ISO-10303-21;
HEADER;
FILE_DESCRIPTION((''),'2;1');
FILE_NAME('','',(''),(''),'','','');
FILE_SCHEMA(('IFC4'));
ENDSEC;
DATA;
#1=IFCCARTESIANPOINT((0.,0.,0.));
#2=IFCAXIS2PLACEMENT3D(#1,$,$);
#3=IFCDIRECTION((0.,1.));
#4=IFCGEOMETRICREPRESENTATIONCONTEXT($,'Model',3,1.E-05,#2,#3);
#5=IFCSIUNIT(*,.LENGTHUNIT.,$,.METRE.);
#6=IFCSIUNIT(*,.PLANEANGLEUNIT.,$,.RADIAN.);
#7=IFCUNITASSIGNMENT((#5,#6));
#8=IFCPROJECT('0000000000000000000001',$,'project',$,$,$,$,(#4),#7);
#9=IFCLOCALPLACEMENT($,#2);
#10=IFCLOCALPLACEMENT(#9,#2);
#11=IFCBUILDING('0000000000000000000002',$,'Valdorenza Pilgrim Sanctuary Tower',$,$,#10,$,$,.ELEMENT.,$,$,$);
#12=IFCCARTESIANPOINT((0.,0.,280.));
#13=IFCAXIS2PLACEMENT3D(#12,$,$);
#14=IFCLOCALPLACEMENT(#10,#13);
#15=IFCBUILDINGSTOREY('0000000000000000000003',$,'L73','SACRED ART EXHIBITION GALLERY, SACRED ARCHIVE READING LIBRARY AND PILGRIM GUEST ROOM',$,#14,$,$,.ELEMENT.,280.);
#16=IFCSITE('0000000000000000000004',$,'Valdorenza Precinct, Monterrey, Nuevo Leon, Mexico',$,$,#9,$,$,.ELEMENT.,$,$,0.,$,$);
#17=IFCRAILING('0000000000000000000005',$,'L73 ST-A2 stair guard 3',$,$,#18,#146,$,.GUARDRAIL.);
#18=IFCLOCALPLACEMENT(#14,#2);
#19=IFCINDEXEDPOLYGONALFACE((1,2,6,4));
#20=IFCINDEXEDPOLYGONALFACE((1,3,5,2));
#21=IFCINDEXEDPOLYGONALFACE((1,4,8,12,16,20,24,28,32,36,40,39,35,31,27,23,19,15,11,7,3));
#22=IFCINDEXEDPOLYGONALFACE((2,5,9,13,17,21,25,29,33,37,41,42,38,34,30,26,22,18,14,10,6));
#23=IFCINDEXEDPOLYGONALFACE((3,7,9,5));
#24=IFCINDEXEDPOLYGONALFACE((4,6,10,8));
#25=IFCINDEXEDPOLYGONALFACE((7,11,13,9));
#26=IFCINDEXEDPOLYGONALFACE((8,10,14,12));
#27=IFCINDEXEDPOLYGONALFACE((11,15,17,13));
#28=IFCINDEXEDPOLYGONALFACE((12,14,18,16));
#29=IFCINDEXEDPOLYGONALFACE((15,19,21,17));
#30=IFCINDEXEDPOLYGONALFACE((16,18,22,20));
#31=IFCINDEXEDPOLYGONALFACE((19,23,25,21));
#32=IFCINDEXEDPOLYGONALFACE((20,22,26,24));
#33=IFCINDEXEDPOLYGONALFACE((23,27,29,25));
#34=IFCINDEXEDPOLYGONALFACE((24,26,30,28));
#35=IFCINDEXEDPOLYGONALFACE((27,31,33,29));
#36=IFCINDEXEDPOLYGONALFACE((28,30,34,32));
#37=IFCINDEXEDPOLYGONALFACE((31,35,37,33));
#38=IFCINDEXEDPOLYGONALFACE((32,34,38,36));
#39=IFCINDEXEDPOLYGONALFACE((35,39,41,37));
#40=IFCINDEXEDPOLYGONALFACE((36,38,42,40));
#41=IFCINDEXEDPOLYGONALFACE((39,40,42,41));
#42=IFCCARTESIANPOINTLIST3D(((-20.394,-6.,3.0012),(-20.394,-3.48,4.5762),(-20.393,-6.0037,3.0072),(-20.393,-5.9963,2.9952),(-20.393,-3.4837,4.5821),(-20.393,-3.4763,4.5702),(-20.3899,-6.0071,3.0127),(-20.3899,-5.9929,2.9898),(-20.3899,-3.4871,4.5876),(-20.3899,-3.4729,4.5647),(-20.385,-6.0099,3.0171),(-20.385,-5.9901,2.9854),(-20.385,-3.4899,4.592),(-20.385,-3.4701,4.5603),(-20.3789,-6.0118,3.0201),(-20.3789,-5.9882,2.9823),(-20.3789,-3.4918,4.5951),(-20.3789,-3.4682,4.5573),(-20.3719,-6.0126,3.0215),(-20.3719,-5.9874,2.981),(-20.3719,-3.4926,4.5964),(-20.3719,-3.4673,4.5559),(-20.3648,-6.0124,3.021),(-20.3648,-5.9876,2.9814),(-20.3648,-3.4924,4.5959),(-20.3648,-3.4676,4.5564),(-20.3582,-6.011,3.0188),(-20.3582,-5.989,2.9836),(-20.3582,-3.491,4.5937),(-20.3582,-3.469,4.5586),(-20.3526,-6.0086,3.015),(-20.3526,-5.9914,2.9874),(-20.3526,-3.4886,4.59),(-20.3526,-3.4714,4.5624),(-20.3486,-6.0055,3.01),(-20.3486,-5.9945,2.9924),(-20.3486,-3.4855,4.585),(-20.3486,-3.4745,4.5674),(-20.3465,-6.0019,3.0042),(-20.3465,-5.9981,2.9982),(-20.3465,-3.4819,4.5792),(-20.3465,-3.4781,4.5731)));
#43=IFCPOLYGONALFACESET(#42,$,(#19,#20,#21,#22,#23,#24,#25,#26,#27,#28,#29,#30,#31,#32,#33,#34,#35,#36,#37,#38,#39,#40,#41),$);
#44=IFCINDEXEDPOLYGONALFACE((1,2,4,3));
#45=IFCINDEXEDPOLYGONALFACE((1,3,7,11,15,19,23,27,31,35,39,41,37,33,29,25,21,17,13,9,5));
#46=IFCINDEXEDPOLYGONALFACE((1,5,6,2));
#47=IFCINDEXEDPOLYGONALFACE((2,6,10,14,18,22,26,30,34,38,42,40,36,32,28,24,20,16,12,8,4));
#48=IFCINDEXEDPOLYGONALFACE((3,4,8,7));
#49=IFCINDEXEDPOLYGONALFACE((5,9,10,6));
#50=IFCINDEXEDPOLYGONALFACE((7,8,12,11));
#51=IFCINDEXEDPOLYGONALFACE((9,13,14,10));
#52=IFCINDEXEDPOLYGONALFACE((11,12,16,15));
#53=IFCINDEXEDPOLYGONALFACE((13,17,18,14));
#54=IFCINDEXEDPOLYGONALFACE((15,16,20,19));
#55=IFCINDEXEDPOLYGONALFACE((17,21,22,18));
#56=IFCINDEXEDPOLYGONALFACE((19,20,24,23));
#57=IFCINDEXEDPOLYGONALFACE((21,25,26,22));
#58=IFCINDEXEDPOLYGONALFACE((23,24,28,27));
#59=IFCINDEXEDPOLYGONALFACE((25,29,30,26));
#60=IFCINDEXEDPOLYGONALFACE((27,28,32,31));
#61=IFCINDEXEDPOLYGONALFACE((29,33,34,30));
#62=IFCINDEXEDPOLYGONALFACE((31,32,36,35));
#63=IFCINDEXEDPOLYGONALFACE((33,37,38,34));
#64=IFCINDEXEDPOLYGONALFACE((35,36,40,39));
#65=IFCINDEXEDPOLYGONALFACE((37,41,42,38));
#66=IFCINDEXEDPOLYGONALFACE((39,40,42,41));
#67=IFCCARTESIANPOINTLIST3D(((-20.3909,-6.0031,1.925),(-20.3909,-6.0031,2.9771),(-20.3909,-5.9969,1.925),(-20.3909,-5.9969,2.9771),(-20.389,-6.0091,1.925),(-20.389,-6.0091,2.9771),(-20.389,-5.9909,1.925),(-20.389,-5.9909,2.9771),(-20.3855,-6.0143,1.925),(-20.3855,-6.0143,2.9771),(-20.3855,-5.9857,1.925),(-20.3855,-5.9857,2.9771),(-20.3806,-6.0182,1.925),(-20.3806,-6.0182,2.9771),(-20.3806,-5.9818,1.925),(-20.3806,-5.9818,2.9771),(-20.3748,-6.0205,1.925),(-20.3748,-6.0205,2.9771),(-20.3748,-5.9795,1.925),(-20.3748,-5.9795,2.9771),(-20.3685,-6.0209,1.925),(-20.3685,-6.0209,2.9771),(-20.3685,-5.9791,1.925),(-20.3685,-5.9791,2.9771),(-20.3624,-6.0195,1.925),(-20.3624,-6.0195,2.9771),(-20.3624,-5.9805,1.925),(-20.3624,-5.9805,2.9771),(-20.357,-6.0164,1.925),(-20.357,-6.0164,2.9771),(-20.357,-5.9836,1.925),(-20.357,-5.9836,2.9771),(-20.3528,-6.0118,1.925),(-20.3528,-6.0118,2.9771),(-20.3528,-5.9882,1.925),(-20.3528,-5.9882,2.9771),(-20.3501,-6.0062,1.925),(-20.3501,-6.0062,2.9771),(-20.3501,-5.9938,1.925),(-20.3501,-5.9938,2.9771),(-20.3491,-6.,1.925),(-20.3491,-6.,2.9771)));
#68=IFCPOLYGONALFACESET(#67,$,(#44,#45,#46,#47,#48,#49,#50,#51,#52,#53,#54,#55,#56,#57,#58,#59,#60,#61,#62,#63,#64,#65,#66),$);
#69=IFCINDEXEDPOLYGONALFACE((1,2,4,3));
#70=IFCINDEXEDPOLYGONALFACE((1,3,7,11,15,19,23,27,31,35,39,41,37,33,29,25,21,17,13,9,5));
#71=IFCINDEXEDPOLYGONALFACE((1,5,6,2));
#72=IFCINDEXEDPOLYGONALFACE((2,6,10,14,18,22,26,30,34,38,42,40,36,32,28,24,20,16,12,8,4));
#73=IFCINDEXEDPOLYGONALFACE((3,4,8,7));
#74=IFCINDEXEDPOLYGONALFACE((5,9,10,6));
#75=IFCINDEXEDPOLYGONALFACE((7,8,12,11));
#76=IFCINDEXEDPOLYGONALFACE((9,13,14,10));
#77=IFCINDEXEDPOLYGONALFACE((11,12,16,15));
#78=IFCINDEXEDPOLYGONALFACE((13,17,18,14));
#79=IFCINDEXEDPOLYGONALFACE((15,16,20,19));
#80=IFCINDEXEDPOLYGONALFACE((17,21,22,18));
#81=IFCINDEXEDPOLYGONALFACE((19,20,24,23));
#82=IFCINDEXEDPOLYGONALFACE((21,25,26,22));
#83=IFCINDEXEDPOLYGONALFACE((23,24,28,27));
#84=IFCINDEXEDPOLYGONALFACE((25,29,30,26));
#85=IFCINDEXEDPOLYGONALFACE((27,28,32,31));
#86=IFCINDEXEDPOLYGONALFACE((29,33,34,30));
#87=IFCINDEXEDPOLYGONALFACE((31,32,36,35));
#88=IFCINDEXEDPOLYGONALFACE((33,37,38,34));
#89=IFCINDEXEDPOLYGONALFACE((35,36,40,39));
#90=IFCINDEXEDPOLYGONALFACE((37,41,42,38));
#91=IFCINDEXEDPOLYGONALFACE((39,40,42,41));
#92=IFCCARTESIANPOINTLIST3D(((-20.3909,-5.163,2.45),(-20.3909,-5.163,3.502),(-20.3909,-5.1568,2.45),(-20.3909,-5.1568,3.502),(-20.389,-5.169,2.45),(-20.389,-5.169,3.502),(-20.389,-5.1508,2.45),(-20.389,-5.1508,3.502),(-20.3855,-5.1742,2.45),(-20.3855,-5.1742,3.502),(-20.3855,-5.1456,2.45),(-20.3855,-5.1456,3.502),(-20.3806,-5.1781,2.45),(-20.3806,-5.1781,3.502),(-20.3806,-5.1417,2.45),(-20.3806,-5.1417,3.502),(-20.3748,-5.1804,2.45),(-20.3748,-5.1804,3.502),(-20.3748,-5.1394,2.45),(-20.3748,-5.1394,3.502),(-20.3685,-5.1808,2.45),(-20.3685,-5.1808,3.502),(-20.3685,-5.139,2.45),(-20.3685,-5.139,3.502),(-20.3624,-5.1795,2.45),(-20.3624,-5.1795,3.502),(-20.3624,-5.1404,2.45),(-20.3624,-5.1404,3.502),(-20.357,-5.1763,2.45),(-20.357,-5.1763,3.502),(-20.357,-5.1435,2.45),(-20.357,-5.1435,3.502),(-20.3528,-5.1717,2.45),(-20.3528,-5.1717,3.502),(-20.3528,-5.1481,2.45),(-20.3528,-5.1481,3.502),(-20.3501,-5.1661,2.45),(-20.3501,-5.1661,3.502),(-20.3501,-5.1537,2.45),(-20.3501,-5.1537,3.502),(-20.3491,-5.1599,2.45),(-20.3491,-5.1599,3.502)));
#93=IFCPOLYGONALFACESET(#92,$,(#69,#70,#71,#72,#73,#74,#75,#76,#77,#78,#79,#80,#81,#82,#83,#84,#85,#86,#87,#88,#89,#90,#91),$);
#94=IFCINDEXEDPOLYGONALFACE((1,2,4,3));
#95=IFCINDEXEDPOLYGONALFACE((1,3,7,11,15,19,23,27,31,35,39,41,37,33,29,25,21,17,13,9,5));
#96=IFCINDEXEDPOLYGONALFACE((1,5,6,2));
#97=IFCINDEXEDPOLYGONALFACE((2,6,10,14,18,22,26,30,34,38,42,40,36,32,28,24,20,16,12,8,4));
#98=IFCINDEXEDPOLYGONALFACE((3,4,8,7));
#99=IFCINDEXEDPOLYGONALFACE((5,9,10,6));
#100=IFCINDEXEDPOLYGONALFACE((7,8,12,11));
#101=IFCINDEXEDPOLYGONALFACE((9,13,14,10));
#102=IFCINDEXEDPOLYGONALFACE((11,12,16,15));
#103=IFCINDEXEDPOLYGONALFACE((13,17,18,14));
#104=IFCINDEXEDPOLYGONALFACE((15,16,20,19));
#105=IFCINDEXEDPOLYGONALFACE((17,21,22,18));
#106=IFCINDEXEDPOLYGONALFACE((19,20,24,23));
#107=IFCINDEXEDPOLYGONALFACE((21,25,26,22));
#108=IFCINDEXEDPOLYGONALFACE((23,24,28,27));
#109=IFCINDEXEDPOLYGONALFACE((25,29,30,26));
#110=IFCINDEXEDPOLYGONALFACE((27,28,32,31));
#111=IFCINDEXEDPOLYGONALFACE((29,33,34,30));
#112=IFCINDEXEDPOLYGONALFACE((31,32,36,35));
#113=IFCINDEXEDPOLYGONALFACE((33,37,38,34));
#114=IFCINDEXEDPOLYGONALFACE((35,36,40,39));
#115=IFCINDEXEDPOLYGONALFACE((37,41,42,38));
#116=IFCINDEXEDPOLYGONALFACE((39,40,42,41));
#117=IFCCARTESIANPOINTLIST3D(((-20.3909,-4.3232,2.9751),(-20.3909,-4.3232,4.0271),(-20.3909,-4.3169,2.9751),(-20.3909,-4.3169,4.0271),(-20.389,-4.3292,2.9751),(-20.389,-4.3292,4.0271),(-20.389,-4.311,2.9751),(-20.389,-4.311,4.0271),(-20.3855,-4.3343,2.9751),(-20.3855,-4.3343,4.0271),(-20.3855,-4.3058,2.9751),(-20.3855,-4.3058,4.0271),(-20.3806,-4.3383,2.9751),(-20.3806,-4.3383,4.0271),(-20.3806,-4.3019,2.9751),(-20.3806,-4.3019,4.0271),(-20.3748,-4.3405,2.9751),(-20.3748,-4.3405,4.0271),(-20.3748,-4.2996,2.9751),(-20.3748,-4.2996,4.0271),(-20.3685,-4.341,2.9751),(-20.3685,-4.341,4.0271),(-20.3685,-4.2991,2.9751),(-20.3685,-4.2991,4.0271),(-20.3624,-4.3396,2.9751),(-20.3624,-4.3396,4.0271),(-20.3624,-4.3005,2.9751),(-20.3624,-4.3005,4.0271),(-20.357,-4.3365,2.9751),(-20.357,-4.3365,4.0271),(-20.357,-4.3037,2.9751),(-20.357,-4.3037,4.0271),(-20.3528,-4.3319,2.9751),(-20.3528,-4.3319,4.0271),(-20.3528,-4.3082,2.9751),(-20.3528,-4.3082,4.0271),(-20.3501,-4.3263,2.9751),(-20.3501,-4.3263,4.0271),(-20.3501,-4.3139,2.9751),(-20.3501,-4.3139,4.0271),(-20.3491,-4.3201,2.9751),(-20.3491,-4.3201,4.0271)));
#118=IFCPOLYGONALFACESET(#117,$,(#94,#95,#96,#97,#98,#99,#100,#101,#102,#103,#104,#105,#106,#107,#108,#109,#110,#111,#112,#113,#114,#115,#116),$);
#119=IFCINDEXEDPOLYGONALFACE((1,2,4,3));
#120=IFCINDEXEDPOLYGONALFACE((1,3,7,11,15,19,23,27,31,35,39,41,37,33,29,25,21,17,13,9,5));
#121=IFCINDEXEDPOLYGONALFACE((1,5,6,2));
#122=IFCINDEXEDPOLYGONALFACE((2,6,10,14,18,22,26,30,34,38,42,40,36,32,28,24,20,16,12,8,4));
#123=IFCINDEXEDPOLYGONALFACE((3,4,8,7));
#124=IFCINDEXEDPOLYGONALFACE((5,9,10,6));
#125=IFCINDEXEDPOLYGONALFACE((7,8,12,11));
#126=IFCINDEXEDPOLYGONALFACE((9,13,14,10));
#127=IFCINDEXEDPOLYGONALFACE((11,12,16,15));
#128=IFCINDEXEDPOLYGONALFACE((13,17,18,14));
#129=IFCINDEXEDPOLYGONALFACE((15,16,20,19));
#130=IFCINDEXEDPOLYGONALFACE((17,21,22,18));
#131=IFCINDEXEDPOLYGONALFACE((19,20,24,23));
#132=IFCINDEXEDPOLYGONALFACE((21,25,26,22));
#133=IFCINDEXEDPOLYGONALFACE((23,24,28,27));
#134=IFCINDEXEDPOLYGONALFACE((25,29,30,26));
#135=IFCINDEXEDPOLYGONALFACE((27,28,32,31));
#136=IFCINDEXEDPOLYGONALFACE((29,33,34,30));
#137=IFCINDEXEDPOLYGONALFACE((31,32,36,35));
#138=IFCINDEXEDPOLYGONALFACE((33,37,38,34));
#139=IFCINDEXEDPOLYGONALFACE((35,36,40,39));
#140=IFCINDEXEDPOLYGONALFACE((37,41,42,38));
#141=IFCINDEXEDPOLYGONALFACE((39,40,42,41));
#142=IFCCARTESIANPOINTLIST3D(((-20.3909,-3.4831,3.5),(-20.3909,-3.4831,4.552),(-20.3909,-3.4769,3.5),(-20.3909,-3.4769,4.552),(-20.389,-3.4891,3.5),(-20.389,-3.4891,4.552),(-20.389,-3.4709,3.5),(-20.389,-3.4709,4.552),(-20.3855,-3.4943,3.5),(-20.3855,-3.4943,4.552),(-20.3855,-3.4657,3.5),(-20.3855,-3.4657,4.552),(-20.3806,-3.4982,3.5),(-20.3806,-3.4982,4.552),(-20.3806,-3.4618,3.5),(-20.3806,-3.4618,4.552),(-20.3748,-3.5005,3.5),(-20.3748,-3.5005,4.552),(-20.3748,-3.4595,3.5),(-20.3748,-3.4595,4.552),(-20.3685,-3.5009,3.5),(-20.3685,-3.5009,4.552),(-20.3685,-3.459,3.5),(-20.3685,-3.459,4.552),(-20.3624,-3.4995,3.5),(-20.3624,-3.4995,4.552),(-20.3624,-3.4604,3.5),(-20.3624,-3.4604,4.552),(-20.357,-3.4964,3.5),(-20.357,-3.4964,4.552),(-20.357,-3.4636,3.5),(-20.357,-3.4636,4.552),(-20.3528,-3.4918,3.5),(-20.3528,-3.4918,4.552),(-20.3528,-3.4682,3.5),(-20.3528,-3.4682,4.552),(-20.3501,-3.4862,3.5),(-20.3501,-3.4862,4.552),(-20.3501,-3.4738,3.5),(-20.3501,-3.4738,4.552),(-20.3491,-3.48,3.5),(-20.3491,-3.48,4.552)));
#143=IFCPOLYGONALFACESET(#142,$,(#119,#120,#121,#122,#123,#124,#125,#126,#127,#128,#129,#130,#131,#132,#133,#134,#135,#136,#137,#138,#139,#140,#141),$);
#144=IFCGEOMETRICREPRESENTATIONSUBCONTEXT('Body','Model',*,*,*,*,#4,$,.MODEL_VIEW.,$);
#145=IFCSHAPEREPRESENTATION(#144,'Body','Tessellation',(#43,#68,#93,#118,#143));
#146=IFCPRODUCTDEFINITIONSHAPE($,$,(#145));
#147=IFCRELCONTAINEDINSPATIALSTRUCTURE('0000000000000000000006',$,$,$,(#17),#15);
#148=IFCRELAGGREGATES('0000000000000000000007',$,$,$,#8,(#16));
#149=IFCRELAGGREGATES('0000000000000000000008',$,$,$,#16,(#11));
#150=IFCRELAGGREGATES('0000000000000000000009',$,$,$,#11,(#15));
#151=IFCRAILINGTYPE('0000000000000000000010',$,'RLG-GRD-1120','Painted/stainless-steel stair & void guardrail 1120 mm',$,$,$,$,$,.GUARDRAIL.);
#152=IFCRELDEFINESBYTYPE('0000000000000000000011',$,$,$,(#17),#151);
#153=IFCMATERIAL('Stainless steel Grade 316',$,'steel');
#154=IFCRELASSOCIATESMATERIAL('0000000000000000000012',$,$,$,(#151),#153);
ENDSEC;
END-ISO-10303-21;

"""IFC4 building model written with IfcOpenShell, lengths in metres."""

from ifc_helpers import new_model, si_unit, direction, frame, origin, origin_2d, place, context, subcontext, project, spatial, circle, extrude, material, type_object, element, save


model = new_model("IFC4")

# Units and contexts
model_context = context("Model", 3, precision=1e-05, world=origin(), true_north=direction((0.0, 1.0)))
body_context = subcontext(model_context, "Body", "Model", "MODEL_VIEW")
ifc_project = project(units=[si_unit("LENGTHUNIT", "METRE"), si_unit("PLANEANGLEUNIT", "RADIAN")], contexts=[model_context])

# Site, building, storey
site_placement = place(None, origin())
site = spatial("IfcSite", under=ifc_project, at=site_placement, Name="Valdorenza Precinct, Monterrey, Nuevo Leon, Mexico", CompositionType="ELEMENT", RefElevation=0.0)
building_placement = place(site_placement, origin())
building = spatial("IfcBuilding", under=site, at=building_placement, Name="Valdorenza Pilgrim Sanctuary Tower", CompositionType="ELEMENT")
storey_placement = place(building_placement, frame((0.0, 0.0, 280.0)))
storey = spatial("IfcBuildingStorey", under=building, at=storey_placement, Name="L73", Description="SACRED ART EXHIBITION GALLERY, SACRED ARCHIVE READING LIBRARY AND PILGRIM GUEST ROOM", CompositionType="ELEMENT", Elevation=280.0)

# Railing
ifc_material_1 = material(Name="Stainless steel Grade 316", Category="steel")
railing_type_1 = type_object("IfcRailingType", Name="RLG-GRD-1120", Description="Painted/stainless-steel stair & void guardrail 1120 mm", PredefinedType="GUARDRAIL", material=ifc_material_1)
railing_1_placement = place(storey_placement, frame((-20.3701, -6.0, 1.925)))
element("IfcRailing", 1, at=railing_1_placement, inside=storey, type_object=railing_type_1, Name="L73 ST-A2 stair guard 3", PredefinedType="GUARDRAIL", context=body_context, shape_type="SweptSolid", body=[
    extrude(circle(Radius=0.0239, at=origin_2d()), frame((0.0, 0.0, 1.0762), z_axis=(0.0, 0.848008, 0.529984), x_axis=(-1.0, 0.0, 0.0)), (0.0, 0.0, 1.0), 2.9717),
    extrude(circle(Radius=0.021, at=origin_2d()), origin(), (0.0, 0.0, 1.0), 1.052),
    extrude(circle(Radius=0.021, at=origin_2d()), frame((0.0, 0.8401, 0.5249)), (0.0, 0.0, 1.0), 1.052),
    extrude(circle(Radius=0.021, at=origin_2d()), frame((0.0, 1.6799, 1.05)), (0.0, 0.0, 1.0), 1.052),
    extrude(circle(Radius=0.021, at=origin_2d()), frame((0.0, 2.52, 1.575)), (0.0, 0.0, 1.0), 1.052),
])

save(model, "model.ifc")
